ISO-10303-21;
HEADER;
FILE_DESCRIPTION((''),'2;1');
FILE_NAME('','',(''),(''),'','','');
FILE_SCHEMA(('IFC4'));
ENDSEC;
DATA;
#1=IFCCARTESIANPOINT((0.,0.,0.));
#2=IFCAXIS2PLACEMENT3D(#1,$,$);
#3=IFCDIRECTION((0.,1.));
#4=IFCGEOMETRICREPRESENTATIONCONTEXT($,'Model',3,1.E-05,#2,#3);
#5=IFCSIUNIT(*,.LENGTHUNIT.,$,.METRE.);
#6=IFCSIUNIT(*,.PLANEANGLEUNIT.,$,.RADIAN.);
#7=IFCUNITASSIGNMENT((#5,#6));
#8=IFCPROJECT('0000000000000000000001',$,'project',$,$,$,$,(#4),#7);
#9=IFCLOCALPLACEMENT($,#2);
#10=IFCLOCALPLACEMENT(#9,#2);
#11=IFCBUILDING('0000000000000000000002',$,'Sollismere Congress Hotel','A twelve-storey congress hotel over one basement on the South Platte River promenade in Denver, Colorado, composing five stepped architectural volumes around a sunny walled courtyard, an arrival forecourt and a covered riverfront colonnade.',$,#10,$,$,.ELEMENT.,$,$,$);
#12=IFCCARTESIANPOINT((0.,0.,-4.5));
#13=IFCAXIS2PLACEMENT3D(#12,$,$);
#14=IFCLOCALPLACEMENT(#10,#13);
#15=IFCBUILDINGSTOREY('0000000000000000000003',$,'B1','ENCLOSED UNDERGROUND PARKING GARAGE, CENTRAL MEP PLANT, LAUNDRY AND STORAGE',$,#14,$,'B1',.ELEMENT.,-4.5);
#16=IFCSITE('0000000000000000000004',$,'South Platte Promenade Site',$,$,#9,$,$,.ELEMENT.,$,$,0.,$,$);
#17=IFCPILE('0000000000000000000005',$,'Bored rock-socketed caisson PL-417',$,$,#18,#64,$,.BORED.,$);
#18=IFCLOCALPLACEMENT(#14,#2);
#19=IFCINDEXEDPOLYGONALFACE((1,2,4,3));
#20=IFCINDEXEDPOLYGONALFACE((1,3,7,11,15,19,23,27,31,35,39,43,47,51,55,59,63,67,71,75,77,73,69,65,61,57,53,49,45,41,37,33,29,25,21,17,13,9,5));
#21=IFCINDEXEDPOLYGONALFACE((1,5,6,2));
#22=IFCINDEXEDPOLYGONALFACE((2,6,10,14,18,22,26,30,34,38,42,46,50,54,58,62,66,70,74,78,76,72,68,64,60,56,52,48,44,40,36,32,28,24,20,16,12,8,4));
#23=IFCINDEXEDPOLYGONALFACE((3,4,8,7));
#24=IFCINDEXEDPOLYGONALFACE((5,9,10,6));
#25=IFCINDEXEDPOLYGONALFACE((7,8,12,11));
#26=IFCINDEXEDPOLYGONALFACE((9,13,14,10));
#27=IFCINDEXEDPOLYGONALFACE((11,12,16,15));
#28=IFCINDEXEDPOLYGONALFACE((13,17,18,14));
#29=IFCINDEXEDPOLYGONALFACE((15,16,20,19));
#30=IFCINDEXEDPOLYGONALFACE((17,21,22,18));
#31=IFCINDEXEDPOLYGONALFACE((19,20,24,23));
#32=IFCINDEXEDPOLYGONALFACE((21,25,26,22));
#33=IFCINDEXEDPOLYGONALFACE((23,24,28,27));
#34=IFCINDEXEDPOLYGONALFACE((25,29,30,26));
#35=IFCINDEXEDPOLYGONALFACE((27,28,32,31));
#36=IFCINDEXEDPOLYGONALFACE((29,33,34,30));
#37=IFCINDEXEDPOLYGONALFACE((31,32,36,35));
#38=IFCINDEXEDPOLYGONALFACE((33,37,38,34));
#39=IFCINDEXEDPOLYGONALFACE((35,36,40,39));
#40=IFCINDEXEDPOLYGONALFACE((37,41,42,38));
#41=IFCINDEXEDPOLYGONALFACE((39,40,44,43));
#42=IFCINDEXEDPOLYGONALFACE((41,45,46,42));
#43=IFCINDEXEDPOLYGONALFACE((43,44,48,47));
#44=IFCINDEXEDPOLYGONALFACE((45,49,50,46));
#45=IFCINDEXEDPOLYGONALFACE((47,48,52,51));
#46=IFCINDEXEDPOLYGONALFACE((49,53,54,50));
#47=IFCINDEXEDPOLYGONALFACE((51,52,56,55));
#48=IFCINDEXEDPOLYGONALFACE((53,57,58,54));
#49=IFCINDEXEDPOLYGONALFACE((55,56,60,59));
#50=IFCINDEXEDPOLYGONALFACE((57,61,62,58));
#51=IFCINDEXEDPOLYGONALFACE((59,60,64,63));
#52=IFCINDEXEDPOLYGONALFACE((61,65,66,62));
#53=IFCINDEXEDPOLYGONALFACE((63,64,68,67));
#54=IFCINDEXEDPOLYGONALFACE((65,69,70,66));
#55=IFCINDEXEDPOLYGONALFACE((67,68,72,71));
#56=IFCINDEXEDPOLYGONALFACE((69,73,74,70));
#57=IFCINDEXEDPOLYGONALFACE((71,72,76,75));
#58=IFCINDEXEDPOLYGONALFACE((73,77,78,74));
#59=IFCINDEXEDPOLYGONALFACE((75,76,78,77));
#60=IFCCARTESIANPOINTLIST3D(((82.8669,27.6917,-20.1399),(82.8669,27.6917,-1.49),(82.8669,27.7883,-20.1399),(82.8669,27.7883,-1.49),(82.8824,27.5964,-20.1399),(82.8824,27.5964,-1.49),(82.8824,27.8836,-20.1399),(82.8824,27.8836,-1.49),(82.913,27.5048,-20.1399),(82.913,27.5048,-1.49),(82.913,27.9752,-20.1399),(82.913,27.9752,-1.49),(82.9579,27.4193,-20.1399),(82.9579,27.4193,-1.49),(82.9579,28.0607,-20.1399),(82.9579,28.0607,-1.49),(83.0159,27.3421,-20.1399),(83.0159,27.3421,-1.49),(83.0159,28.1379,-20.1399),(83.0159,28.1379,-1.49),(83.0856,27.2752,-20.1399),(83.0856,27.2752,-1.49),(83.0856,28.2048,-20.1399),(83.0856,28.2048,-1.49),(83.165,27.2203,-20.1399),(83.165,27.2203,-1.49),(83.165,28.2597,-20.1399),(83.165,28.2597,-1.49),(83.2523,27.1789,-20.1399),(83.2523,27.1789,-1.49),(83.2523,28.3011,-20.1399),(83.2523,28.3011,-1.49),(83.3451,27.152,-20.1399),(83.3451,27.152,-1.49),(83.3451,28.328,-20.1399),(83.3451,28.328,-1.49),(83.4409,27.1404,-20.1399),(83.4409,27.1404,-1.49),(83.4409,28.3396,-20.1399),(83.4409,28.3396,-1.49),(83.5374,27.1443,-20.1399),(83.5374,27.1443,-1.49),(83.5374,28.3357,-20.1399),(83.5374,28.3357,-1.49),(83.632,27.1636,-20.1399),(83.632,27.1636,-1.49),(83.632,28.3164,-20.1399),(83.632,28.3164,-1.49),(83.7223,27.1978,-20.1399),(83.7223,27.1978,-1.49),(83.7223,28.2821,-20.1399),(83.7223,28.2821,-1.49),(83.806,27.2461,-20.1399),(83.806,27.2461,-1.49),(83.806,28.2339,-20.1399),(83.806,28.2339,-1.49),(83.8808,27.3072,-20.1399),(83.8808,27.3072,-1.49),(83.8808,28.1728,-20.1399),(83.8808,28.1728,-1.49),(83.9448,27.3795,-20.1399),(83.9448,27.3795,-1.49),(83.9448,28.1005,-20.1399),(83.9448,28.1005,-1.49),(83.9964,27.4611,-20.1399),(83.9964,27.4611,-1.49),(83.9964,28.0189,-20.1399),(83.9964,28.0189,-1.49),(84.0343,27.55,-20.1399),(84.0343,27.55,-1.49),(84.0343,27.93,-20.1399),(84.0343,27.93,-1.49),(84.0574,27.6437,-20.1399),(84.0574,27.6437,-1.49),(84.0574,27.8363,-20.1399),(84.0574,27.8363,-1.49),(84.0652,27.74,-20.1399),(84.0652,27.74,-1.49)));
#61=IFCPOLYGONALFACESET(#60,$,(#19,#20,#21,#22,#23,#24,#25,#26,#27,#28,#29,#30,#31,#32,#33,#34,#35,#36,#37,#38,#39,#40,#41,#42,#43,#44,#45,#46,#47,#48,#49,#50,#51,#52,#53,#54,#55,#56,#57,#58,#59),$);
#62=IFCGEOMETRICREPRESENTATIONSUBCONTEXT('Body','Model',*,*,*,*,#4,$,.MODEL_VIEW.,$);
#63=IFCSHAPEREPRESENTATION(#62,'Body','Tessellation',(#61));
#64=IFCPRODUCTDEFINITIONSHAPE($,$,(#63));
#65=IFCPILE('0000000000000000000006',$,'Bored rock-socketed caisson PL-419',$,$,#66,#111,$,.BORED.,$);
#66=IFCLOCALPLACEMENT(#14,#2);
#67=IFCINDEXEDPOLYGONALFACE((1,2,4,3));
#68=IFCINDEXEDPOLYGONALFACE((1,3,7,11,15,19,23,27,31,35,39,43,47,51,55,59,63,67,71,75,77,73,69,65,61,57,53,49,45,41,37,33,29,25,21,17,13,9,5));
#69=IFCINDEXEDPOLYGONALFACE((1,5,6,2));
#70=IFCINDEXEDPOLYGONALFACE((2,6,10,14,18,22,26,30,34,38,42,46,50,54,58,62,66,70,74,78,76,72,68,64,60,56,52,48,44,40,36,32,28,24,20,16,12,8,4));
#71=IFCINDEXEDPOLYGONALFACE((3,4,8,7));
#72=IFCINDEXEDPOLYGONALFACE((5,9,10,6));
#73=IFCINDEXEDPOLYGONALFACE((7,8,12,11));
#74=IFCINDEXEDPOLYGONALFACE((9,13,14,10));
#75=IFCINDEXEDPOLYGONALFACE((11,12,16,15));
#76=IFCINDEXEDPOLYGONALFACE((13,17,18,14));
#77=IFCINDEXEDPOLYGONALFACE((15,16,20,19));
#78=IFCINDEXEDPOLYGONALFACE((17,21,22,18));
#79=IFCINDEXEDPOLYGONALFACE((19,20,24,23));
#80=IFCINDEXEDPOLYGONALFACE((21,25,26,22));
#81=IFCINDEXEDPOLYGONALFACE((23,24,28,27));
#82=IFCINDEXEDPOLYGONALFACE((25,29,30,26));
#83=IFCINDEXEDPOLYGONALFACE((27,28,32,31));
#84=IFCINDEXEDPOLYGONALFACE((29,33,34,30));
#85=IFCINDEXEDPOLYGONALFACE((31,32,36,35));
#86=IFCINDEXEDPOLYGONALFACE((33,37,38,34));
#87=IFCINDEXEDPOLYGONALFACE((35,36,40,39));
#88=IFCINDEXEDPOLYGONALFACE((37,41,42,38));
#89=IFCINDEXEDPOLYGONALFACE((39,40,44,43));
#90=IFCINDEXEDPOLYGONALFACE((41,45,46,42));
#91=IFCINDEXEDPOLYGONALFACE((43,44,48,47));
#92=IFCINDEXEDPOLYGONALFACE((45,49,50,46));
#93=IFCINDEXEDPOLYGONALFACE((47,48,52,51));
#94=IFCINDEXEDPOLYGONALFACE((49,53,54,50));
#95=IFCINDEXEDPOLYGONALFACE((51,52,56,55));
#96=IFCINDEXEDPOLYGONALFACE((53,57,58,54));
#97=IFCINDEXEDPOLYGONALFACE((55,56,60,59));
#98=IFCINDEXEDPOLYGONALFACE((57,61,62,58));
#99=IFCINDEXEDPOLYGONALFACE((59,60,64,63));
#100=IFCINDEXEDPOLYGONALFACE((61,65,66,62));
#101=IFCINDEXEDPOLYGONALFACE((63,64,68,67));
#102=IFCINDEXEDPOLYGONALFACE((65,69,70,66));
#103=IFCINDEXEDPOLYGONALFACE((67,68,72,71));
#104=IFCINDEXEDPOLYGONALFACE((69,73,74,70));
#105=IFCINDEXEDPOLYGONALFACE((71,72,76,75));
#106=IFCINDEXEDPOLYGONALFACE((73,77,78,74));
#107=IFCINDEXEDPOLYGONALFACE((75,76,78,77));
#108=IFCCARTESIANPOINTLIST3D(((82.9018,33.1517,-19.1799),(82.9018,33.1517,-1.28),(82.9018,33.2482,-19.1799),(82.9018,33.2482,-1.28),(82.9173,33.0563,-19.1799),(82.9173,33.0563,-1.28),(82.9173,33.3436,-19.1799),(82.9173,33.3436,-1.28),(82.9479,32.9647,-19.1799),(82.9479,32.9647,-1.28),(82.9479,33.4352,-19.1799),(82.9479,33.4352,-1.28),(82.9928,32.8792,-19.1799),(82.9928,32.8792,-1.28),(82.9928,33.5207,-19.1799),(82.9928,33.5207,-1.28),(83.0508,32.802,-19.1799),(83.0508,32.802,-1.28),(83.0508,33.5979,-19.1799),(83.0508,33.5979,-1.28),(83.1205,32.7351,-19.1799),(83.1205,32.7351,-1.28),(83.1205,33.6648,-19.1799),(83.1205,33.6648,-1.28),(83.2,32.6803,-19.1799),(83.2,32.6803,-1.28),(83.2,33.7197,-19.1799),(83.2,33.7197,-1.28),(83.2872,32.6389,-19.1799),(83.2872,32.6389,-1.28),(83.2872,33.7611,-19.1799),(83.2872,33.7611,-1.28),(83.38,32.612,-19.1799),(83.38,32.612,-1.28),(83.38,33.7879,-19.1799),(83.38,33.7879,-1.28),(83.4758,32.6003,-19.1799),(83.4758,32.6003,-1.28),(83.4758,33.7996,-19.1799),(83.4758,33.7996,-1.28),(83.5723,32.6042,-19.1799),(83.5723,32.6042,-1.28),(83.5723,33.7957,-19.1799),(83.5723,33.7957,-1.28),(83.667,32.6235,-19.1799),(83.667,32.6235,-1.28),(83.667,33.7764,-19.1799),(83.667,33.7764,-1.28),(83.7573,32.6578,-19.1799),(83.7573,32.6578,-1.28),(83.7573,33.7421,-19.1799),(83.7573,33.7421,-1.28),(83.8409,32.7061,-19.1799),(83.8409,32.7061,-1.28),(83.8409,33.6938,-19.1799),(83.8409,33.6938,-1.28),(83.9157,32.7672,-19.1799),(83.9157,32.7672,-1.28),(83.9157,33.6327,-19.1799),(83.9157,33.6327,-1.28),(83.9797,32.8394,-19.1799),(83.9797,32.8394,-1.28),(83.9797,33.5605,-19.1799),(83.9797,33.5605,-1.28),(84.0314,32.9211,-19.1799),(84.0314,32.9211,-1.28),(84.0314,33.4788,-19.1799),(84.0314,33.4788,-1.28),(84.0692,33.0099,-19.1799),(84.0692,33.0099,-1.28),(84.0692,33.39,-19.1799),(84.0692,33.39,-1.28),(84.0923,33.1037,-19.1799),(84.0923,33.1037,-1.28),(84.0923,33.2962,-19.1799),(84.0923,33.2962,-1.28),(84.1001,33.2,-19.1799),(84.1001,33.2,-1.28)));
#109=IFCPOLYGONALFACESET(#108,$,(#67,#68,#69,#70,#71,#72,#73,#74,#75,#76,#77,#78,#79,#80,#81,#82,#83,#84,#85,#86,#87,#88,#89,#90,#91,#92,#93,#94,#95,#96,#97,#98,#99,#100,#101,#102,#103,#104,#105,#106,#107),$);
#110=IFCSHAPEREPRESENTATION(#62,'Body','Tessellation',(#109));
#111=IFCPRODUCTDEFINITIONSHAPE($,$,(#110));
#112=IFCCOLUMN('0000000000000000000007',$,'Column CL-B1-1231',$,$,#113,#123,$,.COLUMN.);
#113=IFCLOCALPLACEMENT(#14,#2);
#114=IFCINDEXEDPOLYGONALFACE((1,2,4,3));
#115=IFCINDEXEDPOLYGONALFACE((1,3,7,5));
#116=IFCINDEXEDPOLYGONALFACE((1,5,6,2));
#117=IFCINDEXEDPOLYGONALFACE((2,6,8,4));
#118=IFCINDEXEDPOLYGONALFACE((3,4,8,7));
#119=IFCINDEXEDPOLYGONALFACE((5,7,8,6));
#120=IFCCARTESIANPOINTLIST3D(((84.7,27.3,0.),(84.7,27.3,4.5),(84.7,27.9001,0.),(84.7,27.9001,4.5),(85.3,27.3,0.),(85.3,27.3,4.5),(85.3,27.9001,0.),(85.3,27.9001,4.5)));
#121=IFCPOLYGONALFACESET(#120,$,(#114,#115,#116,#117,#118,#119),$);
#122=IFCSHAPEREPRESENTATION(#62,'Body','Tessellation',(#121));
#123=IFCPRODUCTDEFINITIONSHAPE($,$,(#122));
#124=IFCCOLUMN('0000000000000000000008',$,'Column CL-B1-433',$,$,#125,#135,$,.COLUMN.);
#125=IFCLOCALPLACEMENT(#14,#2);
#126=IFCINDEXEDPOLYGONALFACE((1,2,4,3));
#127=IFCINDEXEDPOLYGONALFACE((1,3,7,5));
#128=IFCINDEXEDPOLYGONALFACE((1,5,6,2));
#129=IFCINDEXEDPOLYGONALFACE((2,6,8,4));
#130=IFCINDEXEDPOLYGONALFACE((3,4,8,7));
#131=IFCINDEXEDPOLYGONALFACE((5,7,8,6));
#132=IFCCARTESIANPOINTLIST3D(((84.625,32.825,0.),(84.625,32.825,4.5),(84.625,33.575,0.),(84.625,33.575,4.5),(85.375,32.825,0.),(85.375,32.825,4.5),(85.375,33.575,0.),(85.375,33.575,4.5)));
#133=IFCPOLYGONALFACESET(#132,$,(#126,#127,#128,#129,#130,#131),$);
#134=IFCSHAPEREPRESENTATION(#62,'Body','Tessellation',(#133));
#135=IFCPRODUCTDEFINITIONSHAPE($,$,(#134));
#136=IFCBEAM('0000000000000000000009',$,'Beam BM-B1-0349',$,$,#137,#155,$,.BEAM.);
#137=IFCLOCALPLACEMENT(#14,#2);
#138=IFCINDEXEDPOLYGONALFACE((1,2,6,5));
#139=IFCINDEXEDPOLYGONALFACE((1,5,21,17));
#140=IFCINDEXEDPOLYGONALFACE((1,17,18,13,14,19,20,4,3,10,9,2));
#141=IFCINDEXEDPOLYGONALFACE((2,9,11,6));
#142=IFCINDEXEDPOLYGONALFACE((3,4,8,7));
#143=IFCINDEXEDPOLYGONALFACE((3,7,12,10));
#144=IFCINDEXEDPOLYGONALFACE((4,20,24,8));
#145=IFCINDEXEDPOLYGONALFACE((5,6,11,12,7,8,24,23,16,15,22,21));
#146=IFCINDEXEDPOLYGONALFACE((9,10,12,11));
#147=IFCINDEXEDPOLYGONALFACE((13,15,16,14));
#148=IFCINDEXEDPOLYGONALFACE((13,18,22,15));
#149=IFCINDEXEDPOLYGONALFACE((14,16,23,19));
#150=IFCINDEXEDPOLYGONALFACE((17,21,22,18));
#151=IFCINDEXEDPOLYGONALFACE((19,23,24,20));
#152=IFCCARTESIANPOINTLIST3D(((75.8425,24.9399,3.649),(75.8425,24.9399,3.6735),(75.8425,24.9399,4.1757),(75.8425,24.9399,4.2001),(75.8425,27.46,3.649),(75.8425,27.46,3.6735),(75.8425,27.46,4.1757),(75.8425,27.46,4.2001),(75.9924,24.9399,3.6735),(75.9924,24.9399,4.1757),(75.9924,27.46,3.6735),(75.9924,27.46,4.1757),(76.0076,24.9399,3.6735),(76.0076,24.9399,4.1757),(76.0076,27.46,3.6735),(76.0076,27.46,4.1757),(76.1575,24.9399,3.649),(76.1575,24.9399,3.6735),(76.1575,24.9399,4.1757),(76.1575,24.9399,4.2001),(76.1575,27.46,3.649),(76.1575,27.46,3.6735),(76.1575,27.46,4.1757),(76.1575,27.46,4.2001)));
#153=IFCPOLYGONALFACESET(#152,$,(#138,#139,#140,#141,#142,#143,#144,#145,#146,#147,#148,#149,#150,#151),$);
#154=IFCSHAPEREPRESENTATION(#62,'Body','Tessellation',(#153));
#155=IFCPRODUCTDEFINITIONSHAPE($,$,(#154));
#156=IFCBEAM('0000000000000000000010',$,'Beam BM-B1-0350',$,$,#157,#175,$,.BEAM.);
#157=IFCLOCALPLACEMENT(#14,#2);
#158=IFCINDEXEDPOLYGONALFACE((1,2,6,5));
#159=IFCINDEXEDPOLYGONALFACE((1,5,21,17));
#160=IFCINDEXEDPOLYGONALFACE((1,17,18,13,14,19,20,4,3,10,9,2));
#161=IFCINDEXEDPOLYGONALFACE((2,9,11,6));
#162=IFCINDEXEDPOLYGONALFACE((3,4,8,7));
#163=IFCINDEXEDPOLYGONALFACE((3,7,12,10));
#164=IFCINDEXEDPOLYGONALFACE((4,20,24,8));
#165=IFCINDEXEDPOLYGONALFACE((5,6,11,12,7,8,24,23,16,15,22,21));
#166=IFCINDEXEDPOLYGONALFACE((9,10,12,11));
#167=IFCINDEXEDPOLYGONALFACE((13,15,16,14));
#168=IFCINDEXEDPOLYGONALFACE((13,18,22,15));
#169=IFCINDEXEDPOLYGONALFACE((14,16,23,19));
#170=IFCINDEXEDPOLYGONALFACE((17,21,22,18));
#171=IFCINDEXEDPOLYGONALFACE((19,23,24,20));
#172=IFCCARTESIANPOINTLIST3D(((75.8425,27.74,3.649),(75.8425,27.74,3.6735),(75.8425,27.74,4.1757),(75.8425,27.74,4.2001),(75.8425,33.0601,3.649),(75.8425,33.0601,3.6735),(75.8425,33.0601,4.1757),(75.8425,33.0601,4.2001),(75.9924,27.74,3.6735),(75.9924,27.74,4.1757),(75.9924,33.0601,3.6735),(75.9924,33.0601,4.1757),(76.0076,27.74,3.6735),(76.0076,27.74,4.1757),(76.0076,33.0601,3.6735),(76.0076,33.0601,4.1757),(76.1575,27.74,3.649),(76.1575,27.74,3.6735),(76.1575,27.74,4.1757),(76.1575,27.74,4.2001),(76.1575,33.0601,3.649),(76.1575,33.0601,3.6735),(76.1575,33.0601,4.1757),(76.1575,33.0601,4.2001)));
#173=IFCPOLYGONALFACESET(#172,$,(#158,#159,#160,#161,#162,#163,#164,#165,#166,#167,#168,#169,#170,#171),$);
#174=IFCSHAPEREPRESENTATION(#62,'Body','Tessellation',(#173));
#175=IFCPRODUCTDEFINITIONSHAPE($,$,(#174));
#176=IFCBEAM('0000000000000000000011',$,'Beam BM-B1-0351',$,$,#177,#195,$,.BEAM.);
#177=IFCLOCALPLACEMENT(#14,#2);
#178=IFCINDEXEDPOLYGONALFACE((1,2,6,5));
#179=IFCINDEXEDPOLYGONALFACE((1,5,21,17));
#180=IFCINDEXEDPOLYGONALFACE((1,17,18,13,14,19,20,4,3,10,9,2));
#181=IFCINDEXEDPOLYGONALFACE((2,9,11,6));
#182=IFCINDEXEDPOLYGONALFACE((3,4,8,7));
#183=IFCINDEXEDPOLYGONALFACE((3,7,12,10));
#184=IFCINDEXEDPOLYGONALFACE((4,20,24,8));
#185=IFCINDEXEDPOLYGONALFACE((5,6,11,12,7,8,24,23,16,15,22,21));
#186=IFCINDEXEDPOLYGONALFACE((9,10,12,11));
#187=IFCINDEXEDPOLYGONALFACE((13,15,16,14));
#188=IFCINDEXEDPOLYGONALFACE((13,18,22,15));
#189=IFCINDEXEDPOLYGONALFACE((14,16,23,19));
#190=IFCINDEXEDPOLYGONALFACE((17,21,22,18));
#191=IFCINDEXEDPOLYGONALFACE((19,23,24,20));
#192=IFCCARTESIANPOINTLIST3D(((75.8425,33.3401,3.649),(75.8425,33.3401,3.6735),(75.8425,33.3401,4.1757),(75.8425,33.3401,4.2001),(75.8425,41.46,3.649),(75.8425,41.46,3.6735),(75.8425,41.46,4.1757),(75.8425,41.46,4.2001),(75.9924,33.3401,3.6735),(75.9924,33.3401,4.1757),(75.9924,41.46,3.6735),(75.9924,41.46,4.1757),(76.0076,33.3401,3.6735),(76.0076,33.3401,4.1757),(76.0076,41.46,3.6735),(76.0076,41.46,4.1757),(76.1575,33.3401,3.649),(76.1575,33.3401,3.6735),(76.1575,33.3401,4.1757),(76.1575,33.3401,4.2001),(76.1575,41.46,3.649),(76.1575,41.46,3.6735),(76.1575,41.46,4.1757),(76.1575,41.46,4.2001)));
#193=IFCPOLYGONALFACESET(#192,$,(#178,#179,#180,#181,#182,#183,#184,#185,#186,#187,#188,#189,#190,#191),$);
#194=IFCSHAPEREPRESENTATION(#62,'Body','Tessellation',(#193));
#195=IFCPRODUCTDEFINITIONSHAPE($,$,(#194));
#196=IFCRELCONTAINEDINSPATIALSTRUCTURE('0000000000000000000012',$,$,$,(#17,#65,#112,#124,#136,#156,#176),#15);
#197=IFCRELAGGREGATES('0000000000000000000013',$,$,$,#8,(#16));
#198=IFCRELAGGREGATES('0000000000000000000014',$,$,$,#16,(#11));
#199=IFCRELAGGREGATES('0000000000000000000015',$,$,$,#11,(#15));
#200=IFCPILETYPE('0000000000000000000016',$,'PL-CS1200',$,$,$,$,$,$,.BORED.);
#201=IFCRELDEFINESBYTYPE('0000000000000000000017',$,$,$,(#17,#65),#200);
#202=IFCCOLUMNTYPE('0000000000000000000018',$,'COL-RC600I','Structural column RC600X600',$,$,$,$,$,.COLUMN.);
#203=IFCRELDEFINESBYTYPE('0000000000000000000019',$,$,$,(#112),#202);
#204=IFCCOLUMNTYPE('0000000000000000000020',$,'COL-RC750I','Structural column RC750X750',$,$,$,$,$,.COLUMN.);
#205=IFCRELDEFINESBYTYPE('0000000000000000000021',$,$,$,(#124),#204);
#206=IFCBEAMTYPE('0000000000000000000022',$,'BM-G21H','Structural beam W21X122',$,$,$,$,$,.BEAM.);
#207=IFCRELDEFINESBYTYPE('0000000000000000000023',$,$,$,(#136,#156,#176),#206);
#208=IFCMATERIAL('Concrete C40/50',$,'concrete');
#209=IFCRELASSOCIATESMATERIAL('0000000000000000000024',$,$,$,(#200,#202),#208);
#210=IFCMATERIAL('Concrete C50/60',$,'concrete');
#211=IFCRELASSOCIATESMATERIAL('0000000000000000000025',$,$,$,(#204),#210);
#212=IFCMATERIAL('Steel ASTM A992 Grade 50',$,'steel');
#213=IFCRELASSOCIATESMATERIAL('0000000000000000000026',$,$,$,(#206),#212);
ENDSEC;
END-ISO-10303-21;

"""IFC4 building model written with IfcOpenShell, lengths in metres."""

from ifc_helpers import new_model, si_unit, direction, frame, origin, origin_2d, place, context, subcontext, project, spatial, rectangle, circle, i_section, extrude, material, material_profile, profile_set, type_object, element, save


model = new_model("IFC4")

# Units and contexts
model_context = context("Model", 3, precision=1e-05, world=origin(), true_north=direction((0.0, 1.0)))
body_context = subcontext(model_context, "Body", "Model", "MODEL_VIEW")
ifc_project = project(units=[si_unit("LENGTHUNIT", "METRE"), si_unit("PLANEANGLEUNIT", "RADIAN")], contexts=[model_context])

# Site, building, storey
site_placement = place(None, origin())
site = spatial("IfcSite", under=ifc_project, at=site_placement, Name="South Platte Promenade Site", CompositionType="ELEMENT", RefElevation=0.0)
building_placement = place(site_placement, origin())
building = spatial("IfcBuilding", under=site, at=building_placement, Name="Sollismere Congress Hotel", Description="A twelve-storey congress hotel over one basement on the South Platte River promenade in Denver, Colorado, composing five stepped architectural volumes around a sunny walled courtyard, an arrival forecourt and a covered riverfront colonnade.", CompositionType="ELEMENT")
storey_placement = place(building_placement, frame((0.0, 0.0, -4.5)))
storey = spatial("IfcBuildingStorey", under=building, at=storey_placement, Name="B1", Description="ENCLOSED UNDERGROUND PARKING GARAGE, CENTRAL MEP PLANT, LAUNDRY AND STORAGE", LongName="B1", CompositionType="ELEMENT", Elevation=-4.5)

# Shared definitions
ifc_material_1 = material(Name="Concrete C40/50", Category="concrete")

# Piles
ifc_material_profile_1 = material_profile(ifc_material_1, circle(Radius=0.6001, at=origin_2d()), Name="CAISSON1200")
ifc_profile_set_1 = profile_set([ifc_material_profile_1], Name="Concrete C40/50")
pile_type = type_object("IfcPileType", Name="PL-CS1200", PredefinedType="BORED", material=ifc_profile_set_1)
pile_1_placement = place(storey_placement, frame((83.4651, 27.74, -1.49), z_axis=(0.0, 0.0, -1.0), x_axis=(1.0, 0.0, 0.0)))
element("IfcPile", 1, at=pile_1_placement, inside=storey, type_object=pile_type, Name="Bored rock-socketed caisson PL-417", PredefinedType="BORED", context=body_context, shape_type="SweptSolid", body=[
    extrude(circle(Radius=0.6001, at=origin_2d()), origin(), (0.0, 0.0, 1.0), 18.6499),
])
pile_2_placement = place(storey_placement, frame((83.5, 33.2, -1.28), z_axis=(0.0, 0.0, -1.0), x_axis=(1.0, 0.0, 0.0)))
element("IfcPile", 2, at=pile_2_placement, inside=storey, type_object=pile_type, Name="Bored rock-socketed caisson PL-419", PredefinedType="BORED", context=body_context, shape_type="SweptSolid", body=[
    extrude(circle(Radius=0.6001, at=origin_2d()), origin(), (0.0, 0.0, 1.0), 17.8999),
])

# Columns
ifc_material_profile_2 = material_profile(ifc_material_1, rectangle(XDim=0.6001, YDim=0.6001, at=origin_2d()), Name="RC600X600")
ifc_profile_set_2 = profile_set([ifc_material_profile_2], Name="Concrete C40/50")
column_type_1 = type_object("IfcColumnType", Name="COL-RC600I", Description="Structural column RC600X600", PredefinedType="COLUMN", material=ifc_profile_set_2)
column_1_placement = place(storey_placement, frame((85.0, 27.6001, 0.0), z_axis=(0.0, 0.0, 1.0), x_axis=(1.0, 0.0, 0.0)))
element("IfcColumn", 3, at=column_1_placement, inside=storey, type_object=column_type_1, Name="Column CL-B1-1231", PredefinedType="COLUMN", context=body_context, shape_type="SweptSolid", body=[
    extrude(rectangle(XDim=0.6001, YDim=0.6001, at=origin_2d()), origin(), (0.0, 0.0, 1.0), 4.5),
])
ifc_material_2 = material(Name="Concrete C50/60", Category="concrete")
ifc_material_profile_3 = material_profile(ifc_material_2, rectangle(XDim=0.75, YDim=0.75, at=origin_2d()), Name="RC750X750")
ifc_profile_set_3 = profile_set([ifc_material_profile_3], Name="Concrete C50/60")
column_type_2 = type_object("IfcColumnType", Name="COL-RC750I", Description="Structural column RC750X750", PredefinedType="COLUMN", material=ifc_profile_set_3)
column_2_placement = place(storey_placement, frame((85.0, 33.2, 0.0), z_axis=(0.0, 0.0, 1.0), x_axis=(1.0, 0.0, 0.0)))
element("IfcColumn", 4, at=column_2_placement, inside=storey, type_object=column_type_2, Name="Column CL-B1-433", PredefinedType="COLUMN", context=body_context, shape_type="SweptSolid", body=[
    extrude(rectangle(XDim=0.75, YDim=0.75, at=origin_2d()), origin(), (0.0, 0.0, 1.0), 4.5),
])

# Beams
ifc_material_3 = material(Name="Steel ASTM A992 Grade 50", Category="steel")
ifc_material_profile_4 = material_profile(ifc_material_3, i_section(OverallWidth=0.3149, OverallDepth=0.551, WebThickness=0.0151, FlangeThickness=0.0244, at=origin_2d()), Name="W21X122")
ifc_profile_set_4 = profile_set([ifc_material_profile_4], Name="Steel ASTM A992 Grade 50")
beam_type_1 = type_object("IfcBeamType", Name="BM-G21H", Description="Structural beam W21X122", PredefinedType="BEAM", material=ifc_profile_set_4)
beam_1_placement = place(storey_placement, frame((76.0, 24.9399, 3.9246), z_axis=(0.0, 1.0, 0.0), x_axis=(-1.0, 0.0, 0.0)))
element("IfcBeam", 5, at=beam_1_placement, inside=storey, type_object=beam_type_1, Name="Beam BM-B1-0349", PredefinedType="BEAM", context=body_context, shape_type="SweptSolid", body=[
    extrude(i_section(OverallWidth=0.3149, OverallDepth=0.551, WebThickness=0.0151, FlangeThickness=0.0244, at=origin_2d()), origin(), (0.0, 0.0, 1.0), 2.52),
])
beam_2_placement = place(storey_placement, frame((76.0, 27.74, 3.9246), z_axis=(0.0, 1.0, 0.0), x_axis=(-1.0, 0.0, 0.0)))
element("IfcBeam", 6, at=beam_2_placement, inside=storey, type_object=beam_type_1, Name="Beam BM-B1-0350", PredefinedType="BEAM", context=body_context, shape_type="SweptSolid", body=[
    extrude(i_section(OverallWidth=0.3149, OverallDepth=0.551, WebThickness=0.0151, FlangeThickness=0.0244, at=origin_2d()), origin(), (0.0, 0.0, 1.0), 5.3201),
])
beam_3_placement = place(storey_placement, frame((76.0, 33.3401, 3.9246), z_axis=(0.0, 1.0, 0.0), x_axis=(-1.0, 0.0, 0.0)))
element("IfcBeam", 7, at=beam_3_placement, inside=storey, type_object=beam_type_1, Name="Beam BM-B1-0351", PredefinedType="BEAM", context=body_context, shape_type="SweptSolid", body=[
    extrude(i_section(OverallWidth=0.3149, OverallDepth=0.551, WebThickness=0.0151, FlangeThickness=0.0244, at=origin_2d()), origin(), (0.0, 0.0, 1.0), 8.1199),
])

save(model, "model.ifc")
